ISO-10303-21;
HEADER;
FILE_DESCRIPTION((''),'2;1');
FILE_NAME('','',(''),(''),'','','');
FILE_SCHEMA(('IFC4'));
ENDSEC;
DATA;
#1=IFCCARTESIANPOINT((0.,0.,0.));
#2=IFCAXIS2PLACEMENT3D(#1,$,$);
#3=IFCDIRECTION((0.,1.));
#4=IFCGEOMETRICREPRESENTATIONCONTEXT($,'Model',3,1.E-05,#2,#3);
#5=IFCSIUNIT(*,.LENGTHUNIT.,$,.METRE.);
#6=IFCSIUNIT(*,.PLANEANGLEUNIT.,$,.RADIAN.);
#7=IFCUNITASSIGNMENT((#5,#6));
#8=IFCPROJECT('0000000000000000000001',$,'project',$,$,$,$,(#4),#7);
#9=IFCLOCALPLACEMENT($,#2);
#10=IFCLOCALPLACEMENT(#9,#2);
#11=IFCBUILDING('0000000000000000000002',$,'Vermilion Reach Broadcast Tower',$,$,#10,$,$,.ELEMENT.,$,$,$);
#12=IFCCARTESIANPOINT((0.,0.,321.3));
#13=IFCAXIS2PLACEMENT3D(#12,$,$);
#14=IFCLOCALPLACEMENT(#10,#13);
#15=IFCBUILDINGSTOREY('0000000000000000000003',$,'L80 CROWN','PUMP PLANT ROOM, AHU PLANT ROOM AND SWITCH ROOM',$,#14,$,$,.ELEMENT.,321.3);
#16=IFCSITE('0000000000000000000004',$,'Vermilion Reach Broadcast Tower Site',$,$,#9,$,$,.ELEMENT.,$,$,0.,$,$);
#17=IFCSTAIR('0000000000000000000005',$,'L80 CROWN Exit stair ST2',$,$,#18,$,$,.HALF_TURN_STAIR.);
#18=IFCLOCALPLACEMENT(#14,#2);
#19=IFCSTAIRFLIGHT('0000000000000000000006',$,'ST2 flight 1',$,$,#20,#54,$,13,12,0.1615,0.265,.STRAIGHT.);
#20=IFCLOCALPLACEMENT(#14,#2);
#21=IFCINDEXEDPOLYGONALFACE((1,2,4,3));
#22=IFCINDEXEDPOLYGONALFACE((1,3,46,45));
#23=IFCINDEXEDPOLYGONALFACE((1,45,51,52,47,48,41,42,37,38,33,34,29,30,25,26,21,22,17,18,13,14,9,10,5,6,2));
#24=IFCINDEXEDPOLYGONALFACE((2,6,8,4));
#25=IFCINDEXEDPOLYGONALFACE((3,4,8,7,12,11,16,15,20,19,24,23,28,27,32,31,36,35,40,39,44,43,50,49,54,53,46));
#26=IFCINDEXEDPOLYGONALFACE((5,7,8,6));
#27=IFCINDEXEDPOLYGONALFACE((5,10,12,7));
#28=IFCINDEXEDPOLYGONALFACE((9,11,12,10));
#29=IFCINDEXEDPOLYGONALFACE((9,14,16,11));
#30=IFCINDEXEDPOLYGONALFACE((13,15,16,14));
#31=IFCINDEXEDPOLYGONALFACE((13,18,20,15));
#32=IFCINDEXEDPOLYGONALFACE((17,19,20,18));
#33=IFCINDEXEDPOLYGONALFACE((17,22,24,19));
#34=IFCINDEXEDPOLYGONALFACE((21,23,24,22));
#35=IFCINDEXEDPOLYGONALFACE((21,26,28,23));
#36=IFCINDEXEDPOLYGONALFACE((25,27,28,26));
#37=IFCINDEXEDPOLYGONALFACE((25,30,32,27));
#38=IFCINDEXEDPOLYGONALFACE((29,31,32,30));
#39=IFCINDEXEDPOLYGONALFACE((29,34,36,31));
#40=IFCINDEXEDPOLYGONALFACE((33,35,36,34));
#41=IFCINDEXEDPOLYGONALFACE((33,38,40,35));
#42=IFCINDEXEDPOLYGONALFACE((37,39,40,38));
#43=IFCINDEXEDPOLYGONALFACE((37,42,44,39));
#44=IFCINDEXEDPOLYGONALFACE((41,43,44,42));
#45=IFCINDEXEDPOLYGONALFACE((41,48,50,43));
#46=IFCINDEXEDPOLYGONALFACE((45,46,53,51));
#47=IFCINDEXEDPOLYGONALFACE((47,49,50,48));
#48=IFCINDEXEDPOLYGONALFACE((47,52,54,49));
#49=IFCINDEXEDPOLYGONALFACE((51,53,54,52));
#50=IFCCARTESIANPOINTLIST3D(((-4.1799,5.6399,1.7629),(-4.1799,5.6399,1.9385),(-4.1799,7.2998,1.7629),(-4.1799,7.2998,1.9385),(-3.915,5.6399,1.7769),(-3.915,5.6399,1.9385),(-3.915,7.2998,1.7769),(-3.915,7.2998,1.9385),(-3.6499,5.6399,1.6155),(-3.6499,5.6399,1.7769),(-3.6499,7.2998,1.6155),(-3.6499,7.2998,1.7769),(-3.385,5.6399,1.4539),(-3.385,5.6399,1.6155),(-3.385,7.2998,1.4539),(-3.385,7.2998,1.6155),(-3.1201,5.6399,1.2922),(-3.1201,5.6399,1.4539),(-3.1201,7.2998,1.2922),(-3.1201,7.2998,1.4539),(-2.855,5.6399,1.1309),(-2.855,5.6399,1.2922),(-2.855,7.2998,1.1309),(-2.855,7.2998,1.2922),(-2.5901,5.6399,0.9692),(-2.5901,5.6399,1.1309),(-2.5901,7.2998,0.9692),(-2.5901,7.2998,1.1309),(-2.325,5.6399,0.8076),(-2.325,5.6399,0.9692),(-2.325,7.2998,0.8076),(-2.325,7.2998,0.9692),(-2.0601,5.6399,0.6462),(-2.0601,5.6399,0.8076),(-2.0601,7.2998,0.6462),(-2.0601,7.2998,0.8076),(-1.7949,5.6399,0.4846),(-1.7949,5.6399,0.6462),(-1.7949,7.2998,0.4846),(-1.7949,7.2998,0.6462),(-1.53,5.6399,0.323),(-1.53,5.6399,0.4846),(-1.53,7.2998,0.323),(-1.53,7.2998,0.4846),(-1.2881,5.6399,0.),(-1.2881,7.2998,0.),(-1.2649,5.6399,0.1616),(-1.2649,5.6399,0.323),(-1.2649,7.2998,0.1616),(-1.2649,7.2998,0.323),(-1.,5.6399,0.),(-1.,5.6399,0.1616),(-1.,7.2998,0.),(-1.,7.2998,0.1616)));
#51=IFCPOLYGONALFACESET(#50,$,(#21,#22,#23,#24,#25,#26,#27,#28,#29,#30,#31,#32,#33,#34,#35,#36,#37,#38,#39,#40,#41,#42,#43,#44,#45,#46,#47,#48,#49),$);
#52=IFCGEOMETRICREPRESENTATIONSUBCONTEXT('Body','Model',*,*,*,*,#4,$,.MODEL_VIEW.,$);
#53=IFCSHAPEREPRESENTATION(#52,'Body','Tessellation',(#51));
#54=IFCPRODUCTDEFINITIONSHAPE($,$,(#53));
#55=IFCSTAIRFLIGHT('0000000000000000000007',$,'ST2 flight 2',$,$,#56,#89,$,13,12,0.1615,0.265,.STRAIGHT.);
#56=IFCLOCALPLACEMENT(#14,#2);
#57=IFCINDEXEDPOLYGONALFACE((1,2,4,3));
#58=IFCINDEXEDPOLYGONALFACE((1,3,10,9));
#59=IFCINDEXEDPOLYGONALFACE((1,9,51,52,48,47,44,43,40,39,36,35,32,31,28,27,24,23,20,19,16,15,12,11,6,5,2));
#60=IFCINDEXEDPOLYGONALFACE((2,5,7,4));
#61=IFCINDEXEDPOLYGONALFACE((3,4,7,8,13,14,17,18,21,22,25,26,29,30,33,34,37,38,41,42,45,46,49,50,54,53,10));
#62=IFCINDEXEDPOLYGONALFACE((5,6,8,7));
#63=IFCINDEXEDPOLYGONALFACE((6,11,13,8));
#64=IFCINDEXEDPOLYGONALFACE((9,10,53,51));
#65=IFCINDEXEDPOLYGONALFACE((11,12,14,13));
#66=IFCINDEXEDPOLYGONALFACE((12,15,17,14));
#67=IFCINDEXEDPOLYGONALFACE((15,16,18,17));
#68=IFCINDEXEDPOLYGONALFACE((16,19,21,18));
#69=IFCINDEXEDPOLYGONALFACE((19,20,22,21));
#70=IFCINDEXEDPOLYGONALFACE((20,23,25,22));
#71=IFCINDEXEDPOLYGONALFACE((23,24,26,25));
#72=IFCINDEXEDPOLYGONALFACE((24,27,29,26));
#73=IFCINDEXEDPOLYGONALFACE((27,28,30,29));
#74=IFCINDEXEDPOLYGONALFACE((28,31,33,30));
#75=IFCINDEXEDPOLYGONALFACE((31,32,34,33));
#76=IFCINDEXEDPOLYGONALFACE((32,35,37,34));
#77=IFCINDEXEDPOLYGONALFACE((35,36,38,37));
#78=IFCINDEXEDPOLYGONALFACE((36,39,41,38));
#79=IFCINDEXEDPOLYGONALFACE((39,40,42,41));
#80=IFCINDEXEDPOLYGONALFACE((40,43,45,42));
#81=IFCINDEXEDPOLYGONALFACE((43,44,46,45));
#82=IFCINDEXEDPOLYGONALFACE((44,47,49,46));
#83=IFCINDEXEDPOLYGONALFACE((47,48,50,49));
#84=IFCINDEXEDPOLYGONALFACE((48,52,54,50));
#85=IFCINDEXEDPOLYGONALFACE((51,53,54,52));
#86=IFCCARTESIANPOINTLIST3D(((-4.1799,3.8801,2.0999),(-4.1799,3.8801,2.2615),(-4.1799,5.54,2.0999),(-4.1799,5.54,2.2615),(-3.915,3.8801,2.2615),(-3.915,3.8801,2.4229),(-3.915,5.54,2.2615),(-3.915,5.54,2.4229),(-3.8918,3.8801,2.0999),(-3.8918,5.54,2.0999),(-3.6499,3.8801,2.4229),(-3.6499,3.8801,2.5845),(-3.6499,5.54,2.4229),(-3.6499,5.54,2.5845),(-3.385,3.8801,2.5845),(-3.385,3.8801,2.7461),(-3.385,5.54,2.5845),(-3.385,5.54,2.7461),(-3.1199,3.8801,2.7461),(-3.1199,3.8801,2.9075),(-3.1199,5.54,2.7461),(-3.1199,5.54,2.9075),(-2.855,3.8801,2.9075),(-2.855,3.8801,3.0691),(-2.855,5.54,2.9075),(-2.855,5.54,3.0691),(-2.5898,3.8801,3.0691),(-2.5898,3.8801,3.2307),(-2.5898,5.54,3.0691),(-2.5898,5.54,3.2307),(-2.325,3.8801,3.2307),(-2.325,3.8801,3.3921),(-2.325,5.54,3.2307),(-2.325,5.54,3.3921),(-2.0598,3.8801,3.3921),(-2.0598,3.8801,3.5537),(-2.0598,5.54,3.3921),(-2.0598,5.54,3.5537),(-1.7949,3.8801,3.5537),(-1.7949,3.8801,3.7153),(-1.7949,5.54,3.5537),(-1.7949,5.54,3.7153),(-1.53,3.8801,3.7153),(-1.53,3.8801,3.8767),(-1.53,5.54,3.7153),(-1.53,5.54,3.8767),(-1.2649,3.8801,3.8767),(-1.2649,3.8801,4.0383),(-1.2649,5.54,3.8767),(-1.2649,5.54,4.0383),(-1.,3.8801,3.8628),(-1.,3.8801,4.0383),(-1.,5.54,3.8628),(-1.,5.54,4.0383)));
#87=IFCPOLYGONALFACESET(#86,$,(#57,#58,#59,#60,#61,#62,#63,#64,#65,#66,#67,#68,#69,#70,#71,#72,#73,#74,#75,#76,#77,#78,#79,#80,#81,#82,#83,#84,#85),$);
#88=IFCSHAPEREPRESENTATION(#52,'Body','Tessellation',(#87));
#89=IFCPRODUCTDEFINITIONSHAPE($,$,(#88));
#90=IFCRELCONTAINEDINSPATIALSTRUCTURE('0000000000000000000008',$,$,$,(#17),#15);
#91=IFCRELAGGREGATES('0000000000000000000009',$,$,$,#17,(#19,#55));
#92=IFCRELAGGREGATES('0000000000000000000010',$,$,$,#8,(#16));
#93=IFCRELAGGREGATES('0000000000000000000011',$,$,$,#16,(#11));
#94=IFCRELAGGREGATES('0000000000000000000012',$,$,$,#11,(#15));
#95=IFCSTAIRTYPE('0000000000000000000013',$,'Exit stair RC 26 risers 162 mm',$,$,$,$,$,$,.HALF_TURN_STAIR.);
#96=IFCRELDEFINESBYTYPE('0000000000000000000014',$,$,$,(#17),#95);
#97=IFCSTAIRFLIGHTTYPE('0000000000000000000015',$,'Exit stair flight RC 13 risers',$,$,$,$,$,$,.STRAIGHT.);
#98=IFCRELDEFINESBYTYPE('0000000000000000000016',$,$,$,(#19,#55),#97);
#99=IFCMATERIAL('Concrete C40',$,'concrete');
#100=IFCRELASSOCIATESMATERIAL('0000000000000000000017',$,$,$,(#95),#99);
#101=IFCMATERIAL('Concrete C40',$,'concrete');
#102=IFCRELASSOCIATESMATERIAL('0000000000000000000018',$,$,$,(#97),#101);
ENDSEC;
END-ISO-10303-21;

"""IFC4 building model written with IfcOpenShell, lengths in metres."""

from ifc_helpers import new_model, si_unit, direction, frame, origin, place, context, subcontext, project, spatial, polyline, outline, extrude, material, type_object, element, aggregate, save


model = new_model("IFC4")

# Units and contexts
model_context = context("Model", 3, precision=1e-05, world=origin(), true_north=direction((0.0, 1.0)))
body_context = subcontext(model_context, "Body", "Model", "MODEL_VIEW")
ifc_project = project(units=[si_unit("LENGTHUNIT", "METRE"), si_unit("PLANEANGLEUNIT", "RADIAN")], contexts=[model_context])

# Site, building, storey
site_placement = place(None, origin())
site = spatial("IfcSite", under=ifc_project, at=site_placement, Name="Vermilion Reach Broadcast Tower Site", CompositionType="ELEMENT", RefElevation=0.0)
building_placement = place(site_placement, origin())
building = spatial("IfcBuilding", under=site, at=building_placement, Name="Vermilion Reach Broadcast Tower", CompositionType="ELEMENT")
storey_placement = place(building_placement, frame((0.0, 0.0, 321.3)))
storey = spatial("IfcBuildingStorey", under=building, at=storey_placement, Name="L80 CROWN", Description="PUMP PLANT ROOM, AHU PLANT ROOM AND SWITCH ROOM", CompositionType="ELEMENT", Elevation=321.3)

# Shared definitions
ifc_material_1 = material(Name="Concrete C40", Category="concrete")
stair_type = type_object("IfcStairType", Name="Exit stair RC 26 risers 162 mm", PredefinedType="HALF_TURN_STAIR", material=ifc_material_1)
placement = place(storey_placement, origin())

# Stair, stair flights
stair_1 = element("IfcStair", 1, at=placement, inside=storey, type_object=stair_type, Name="L80 CROWN Exit stair ST2", PredefinedType="HALF_TURN_STAIR")
ifc_material_2 = material(Name="Concrete C40", Category="concrete")
stair_flight_type = type_object("IfcStairFlightType", Name="Exit stair flight RC 13 risers", PredefinedType="STRAIGHT", material=ifc_material_2)
stair_flight_1_placement = place(storey_placement, frame((-1.0, 6.47, 0.0), z_axis=(0.0, 0.0, 1.0), x_axis=(-1.0, 0.0, 0.0)))
stair_flight_1 = element("IfcStairFlight", 2, at=stair_flight_1_placement, type_object=stair_flight_type, Name="ST2 flight 1", NumberOfRisers=13, NumberOfTreads=12, PredefinedType="STRAIGHT", RiserHeight=0.1615, TreadLength=0.265, context=body_context, shape_type="SweptSolid", body=[
    extrude(outline(polyline([(0.0, 0.0), (0.0, 0.1616), (0.2649, 0.1616), (0.2649, 0.323), (0.53, 0.323), (0.53, 0.4846), (0.7949, 0.4846), (0.7949, 0.6462), (1.0601, 0.6462), (1.0601, 0.8076), (1.325, 0.8076), (1.325, 0.9692), (1.5901, 0.9692), (1.5901, 1.1309), (1.855, 1.1309), (1.855, 1.2922), (2.1201, 1.2922), (2.1201, 1.4539), (2.385, 1.4539), (2.385, 1.6155), (2.6499, 1.6155), (2.6499, 1.7769), (2.915, 1.7769), (2.915, 1.9385), (3.1799, 1.9385), (3.1799, 2.1001), (3.1799, 1.7629), (0.2881, 0.0), (0.0, 0.0)])), frame((0.0, 0.8301, 0.0), z_axis=(0.0, -1.0, 0.0), x_axis=(1.0, 0.0, 0.0)), (0.0, 0.0, 1.0), 1.6599),
])
stair_flight_2_placement = place(storey_placement, frame((-4.1799, 4.71, 2.0999), z_axis=(0.0, 0.0, 1.0), x_axis=(1.0, 0.0, 0.0)))
stair_flight_2 = element("IfcStairFlight", 3, at=stair_flight_2_placement, type_object=stair_flight_type, Name="ST2 flight 2", NumberOfRisers=13, NumberOfTreads=12, PredefinedType="STRAIGHT", RiserHeight=0.1615, TreadLength=0.265, context=body_context, shape_type="SweptSolid", body=[
    extrude(outline(polyline([(0.0, 0.0), (0.0, 0.1616), (0.2649, 0.1616), (0.2649, 0.323), (0.53, 0.323), (0.53, 0.4846), (0.7949, 0.4846), (0.7949, 0.6462), (1.0601, 0.6462), (1.0601, 0.8076), (1.325, 0.8076), (1.325, 0.9692), (1.5901, 0.9692), (1.5901, 1.1309), (1.855, 1.1309), (1.855, 1.2922), (2.1201, 1.2922), (2.1201, 1.4539), (2.385, 1.4539), (2.385, 1.6155), (2.6499, 1.6155), (2.6499, 1.7769), (2.915, 1.7769), (2.915, 1.9385), (3.1799, 1.9385), (3.1799, 2.1001), (3.1799, 1.7629), (0.2881, 0.0), (0.0, 0.0)])), frame((0.0, 0.8301, 0.0), z_axis=(0.0, -1.0, 0.0), x_axis=(1.0, 0.0, 0.0)), (0.0, 0.0, 1.0), 1.6599),
])
aggregate(stair_1, [stair_flight_1, stair_flight_2])

save(model, "model.ifc")
